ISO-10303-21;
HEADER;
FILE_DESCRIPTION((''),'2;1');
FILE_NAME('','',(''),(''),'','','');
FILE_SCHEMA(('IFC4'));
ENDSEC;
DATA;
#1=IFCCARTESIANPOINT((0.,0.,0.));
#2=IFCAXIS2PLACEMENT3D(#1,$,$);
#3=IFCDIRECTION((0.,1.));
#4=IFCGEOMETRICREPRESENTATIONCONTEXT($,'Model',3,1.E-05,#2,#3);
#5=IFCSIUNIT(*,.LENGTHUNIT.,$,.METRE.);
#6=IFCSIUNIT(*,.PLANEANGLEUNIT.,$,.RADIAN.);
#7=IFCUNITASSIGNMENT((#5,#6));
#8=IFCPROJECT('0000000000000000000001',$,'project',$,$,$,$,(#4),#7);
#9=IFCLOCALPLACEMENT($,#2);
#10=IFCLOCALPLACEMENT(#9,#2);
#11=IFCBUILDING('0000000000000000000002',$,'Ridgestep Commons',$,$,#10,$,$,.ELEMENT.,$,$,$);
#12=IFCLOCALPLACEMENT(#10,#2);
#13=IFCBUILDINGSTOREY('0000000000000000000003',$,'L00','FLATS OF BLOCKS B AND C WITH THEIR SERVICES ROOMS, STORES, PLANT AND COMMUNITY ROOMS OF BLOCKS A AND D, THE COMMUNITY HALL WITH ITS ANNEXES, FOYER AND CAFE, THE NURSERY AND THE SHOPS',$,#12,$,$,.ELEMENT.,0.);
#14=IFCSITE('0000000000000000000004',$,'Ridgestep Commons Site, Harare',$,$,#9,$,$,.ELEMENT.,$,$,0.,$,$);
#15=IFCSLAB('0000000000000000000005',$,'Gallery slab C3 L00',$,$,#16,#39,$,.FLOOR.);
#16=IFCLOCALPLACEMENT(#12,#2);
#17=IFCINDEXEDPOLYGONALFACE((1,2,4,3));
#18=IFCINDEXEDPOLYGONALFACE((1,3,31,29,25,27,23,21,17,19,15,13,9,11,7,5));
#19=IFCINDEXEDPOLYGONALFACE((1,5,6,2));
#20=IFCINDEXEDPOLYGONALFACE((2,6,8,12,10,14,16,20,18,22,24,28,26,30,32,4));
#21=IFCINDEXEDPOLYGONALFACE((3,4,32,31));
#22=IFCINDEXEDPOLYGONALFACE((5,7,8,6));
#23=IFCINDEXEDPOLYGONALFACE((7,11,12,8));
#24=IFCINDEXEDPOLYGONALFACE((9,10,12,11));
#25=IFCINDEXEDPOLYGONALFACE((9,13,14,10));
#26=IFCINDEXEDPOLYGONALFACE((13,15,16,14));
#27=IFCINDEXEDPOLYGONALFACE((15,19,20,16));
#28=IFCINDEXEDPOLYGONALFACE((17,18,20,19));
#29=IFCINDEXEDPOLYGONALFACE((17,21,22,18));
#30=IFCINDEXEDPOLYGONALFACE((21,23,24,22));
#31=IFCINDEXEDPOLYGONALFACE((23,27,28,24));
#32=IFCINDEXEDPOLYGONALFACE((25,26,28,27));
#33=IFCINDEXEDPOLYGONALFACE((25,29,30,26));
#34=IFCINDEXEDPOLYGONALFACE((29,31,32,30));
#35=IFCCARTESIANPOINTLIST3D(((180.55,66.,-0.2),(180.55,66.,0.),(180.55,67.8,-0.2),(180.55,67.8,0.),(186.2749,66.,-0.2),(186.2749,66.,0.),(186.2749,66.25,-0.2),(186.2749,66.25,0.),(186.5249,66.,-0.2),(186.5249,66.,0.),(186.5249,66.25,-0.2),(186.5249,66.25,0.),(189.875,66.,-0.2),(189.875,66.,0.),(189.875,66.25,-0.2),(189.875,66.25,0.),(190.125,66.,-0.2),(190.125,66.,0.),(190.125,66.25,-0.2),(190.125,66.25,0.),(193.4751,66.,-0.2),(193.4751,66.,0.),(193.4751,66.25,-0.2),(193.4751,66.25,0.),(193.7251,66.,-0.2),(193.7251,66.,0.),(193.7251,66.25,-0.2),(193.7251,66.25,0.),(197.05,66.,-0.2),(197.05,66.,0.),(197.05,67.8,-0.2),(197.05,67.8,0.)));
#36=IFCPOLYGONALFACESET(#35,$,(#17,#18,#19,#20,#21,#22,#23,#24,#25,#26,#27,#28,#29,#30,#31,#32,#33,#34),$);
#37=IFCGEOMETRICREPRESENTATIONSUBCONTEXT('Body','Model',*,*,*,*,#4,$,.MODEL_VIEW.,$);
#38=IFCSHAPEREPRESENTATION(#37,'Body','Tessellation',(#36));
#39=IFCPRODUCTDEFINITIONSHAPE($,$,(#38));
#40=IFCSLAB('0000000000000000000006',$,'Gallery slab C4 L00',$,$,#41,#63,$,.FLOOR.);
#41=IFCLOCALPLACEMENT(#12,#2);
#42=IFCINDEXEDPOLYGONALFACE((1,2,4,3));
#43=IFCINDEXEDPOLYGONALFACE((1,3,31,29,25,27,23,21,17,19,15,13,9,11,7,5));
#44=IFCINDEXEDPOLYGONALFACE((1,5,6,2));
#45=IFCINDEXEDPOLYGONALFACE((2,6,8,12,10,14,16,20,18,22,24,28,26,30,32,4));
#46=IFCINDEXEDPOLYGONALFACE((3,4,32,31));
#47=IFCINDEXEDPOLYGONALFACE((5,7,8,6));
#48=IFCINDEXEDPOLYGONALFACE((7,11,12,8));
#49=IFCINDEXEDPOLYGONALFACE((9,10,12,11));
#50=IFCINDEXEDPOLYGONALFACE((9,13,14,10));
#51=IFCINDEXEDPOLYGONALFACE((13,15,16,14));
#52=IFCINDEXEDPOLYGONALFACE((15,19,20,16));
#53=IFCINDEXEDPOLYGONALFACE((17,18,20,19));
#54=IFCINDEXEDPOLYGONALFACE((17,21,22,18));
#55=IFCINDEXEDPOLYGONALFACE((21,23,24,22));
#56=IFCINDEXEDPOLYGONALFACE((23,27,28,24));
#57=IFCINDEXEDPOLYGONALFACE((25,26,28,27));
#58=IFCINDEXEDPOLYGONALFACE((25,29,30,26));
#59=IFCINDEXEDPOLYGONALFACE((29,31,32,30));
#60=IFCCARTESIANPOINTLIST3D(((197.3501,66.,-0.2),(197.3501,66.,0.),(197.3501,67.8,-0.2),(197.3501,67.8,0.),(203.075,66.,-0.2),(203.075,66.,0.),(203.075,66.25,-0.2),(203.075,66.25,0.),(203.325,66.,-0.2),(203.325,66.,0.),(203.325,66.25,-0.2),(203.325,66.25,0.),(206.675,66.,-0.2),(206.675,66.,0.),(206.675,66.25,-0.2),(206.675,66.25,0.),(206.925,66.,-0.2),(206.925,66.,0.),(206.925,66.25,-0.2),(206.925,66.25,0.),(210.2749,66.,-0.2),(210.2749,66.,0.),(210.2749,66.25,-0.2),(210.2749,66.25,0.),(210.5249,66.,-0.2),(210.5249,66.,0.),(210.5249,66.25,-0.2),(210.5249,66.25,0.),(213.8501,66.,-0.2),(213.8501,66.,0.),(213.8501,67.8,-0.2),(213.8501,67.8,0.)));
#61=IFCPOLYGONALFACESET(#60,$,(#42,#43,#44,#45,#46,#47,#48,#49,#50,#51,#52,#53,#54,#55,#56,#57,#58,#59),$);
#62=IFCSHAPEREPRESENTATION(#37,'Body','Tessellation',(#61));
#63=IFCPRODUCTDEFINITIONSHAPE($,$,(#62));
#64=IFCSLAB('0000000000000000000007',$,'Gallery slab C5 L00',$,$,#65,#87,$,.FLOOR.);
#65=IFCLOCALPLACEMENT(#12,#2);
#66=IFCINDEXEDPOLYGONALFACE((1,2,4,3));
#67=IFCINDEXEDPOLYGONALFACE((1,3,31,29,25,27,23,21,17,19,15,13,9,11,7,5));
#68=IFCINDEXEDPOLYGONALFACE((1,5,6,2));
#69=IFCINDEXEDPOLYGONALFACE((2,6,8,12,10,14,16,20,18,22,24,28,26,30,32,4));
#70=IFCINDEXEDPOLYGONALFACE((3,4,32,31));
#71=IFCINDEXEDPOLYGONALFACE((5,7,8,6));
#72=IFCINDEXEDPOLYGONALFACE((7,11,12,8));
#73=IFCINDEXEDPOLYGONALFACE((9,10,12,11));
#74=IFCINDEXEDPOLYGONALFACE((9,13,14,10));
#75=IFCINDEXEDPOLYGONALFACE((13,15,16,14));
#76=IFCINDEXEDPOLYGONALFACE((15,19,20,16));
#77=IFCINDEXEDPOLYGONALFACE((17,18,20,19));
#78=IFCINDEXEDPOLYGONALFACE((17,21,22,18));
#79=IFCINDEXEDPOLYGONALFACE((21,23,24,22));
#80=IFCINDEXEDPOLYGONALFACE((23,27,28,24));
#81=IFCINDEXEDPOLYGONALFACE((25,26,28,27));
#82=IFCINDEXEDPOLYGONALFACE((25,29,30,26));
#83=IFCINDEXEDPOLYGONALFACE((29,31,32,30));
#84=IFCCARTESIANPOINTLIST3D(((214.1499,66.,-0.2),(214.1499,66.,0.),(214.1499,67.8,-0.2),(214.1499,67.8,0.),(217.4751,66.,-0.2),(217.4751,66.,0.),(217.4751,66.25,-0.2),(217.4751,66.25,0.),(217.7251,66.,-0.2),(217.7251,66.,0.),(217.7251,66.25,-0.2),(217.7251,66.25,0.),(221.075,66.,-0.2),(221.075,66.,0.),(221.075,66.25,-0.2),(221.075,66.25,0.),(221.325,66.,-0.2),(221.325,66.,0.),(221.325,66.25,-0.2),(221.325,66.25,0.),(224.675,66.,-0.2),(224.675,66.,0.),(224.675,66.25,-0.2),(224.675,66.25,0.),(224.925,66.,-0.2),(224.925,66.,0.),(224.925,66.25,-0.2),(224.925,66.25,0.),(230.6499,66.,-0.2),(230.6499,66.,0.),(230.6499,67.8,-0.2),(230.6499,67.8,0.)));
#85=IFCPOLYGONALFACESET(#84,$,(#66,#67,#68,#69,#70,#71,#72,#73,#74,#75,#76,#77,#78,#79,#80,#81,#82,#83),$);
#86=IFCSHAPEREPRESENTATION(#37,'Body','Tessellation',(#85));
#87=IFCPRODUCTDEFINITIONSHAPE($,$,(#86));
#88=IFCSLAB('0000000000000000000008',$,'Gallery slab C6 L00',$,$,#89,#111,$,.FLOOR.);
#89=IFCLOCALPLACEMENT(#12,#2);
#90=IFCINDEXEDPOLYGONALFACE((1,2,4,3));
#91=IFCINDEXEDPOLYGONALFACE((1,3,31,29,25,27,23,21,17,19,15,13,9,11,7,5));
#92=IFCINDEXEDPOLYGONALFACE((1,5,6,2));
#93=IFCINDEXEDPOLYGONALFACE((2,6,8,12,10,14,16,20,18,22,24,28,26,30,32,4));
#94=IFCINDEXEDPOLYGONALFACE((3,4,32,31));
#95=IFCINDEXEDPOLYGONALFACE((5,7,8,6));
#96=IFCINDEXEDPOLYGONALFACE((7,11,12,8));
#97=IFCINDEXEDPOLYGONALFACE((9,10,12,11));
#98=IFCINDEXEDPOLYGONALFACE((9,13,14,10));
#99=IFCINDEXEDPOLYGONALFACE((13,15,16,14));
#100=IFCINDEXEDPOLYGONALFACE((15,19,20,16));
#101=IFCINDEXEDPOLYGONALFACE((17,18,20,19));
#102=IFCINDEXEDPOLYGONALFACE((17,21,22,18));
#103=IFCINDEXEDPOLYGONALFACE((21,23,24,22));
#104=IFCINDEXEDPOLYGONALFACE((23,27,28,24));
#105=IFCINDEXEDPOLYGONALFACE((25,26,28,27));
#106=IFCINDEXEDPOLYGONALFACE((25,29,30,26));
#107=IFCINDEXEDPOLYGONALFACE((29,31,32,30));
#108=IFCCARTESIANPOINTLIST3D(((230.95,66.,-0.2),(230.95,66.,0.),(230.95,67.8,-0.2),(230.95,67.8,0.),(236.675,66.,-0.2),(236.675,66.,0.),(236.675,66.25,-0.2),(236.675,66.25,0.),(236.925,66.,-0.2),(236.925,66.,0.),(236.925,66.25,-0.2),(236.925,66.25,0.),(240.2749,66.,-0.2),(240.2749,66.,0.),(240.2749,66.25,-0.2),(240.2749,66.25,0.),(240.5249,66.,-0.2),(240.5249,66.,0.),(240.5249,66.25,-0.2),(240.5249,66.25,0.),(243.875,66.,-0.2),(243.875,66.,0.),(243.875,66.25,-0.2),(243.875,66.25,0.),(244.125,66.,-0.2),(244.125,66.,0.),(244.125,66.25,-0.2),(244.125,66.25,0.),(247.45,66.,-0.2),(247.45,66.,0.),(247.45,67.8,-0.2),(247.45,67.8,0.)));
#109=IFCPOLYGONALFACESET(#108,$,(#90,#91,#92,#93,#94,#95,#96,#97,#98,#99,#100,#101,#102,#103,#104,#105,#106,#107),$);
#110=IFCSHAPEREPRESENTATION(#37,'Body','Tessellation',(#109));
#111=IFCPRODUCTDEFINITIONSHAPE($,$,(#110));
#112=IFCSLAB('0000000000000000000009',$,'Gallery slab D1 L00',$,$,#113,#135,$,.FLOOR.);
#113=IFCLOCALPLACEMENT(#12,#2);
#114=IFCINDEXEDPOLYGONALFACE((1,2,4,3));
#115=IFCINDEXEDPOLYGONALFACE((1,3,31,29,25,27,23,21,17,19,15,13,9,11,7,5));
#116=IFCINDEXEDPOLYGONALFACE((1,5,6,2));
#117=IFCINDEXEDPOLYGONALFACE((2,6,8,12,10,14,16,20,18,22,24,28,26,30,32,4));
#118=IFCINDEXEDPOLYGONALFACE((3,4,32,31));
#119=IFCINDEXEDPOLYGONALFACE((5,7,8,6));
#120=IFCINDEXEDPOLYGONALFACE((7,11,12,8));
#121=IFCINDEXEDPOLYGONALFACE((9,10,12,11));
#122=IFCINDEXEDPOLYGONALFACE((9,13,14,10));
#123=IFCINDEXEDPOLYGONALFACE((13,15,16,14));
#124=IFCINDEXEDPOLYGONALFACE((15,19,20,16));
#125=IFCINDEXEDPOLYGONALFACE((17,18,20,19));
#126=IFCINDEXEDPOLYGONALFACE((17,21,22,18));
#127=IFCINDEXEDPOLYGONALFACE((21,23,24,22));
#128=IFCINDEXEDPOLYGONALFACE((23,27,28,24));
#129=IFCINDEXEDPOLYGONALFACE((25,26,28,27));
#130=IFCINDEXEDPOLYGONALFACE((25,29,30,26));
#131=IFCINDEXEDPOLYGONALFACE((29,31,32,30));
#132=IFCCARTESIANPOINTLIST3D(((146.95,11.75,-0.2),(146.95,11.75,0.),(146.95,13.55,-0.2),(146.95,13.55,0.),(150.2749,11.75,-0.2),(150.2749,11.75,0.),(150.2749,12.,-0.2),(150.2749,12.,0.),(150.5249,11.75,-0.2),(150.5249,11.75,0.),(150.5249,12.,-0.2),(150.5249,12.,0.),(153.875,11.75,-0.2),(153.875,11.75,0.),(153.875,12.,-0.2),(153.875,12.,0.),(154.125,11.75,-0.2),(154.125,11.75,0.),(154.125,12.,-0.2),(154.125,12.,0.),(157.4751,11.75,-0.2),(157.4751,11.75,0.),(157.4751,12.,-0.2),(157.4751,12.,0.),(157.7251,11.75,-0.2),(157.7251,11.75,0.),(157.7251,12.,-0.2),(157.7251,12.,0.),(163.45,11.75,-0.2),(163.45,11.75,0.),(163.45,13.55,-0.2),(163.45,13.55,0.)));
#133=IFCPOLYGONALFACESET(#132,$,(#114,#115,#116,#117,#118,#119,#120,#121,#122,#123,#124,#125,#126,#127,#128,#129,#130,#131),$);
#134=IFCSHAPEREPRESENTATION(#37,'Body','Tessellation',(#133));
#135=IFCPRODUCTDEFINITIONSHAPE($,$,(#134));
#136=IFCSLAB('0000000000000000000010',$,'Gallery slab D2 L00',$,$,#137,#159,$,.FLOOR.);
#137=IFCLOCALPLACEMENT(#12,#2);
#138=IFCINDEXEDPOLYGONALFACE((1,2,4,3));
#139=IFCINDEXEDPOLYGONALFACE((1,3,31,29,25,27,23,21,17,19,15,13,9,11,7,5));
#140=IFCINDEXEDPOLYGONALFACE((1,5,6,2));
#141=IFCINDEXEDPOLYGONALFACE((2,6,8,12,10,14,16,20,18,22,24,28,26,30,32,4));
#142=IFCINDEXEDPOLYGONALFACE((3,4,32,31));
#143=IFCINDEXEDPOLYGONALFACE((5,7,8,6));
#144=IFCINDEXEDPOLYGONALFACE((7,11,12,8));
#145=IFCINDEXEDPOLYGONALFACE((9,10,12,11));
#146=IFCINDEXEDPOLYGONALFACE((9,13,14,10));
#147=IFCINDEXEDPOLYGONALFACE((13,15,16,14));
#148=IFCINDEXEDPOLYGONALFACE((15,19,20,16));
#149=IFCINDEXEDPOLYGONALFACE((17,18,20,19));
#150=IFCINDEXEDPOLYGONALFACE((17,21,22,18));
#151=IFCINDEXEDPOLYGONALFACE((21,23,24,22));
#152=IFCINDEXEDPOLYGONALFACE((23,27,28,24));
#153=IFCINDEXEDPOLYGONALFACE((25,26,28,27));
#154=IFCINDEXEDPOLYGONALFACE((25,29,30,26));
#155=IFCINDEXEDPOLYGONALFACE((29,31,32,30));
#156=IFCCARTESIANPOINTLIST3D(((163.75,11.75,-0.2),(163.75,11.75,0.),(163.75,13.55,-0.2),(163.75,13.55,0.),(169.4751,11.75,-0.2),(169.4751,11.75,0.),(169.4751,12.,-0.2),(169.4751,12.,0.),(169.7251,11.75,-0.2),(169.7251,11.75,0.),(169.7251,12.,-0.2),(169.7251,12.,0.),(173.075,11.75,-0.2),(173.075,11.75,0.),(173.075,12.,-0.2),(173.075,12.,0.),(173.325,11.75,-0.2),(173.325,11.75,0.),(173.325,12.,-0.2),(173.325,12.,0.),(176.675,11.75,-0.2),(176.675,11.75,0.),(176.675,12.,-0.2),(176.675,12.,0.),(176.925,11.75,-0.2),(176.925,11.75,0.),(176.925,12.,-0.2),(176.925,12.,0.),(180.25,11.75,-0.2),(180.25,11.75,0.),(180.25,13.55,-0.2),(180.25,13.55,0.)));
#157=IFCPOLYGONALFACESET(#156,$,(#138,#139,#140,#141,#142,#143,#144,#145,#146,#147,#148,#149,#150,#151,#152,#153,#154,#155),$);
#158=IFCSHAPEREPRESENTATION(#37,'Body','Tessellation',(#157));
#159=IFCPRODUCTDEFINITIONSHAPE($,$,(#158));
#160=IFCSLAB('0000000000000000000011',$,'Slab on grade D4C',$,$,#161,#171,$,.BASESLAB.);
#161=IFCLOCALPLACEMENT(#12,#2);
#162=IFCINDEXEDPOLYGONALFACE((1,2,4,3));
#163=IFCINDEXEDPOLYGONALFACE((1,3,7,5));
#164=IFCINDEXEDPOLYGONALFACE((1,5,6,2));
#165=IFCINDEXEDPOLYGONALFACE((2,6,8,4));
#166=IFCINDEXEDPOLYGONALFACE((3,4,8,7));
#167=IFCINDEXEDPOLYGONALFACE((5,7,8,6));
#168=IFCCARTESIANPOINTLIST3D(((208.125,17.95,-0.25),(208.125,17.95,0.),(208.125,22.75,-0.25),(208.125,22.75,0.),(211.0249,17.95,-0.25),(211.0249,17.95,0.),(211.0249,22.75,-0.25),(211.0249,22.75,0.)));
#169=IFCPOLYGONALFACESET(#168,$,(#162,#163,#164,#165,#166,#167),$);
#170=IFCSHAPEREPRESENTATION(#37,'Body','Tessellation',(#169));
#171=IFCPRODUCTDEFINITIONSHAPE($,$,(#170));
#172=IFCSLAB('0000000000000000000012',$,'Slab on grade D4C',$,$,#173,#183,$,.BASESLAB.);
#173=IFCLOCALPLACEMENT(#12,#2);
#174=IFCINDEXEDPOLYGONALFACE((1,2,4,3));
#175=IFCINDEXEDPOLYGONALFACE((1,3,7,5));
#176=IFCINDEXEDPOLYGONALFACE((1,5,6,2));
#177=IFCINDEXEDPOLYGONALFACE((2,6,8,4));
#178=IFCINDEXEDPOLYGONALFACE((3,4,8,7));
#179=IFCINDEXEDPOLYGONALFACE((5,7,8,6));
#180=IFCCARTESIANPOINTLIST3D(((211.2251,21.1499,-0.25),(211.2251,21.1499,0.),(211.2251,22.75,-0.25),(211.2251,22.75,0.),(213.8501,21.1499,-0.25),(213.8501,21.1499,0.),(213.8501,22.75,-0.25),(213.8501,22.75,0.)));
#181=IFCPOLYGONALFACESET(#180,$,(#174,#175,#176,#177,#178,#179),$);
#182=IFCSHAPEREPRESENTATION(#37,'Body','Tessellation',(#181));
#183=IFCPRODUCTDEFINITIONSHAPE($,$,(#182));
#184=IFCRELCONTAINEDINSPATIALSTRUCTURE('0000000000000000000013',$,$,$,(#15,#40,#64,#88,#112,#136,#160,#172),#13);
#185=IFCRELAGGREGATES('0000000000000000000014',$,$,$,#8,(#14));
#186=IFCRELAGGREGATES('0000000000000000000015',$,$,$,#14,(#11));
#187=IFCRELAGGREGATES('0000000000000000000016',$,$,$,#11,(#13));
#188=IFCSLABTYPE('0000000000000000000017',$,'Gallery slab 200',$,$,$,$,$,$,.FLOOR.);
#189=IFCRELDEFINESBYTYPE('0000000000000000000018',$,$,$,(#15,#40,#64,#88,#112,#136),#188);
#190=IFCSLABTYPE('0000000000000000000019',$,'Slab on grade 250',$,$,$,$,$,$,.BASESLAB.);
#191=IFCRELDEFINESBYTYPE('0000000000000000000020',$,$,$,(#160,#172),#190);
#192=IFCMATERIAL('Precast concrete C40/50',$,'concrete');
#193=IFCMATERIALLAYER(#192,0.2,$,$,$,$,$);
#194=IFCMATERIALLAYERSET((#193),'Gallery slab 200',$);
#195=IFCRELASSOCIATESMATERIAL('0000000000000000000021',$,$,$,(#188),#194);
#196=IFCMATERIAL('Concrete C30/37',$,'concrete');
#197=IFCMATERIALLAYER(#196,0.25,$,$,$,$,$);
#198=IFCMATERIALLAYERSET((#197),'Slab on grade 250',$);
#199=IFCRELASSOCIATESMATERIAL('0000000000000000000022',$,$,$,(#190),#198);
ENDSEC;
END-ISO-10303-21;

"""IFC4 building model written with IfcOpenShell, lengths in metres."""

from ifc_helpers import new_model, si_unit, direction, frame, origin, place, context, subcontext, project, spatial, polyline, outline, extrude, material, layer, layer_set, type_object, element, save


model = new_model("IFC4")

# Units and contexts
model_context = context("Model", 3, precision=1e-05, world=origin(), true_north=direction((0.0, 1.0)))
body_context = subcontext(model_context, "Body", "Model", "MODEL_VIEW")
ifc_project = project(units=[si_unit("LENGTHUNIT", "METRE"), si_unit("PLANEANGLEUNIT", "RADIAN")], contexts=[model_context])

# Site, building, storey
site_placement = place(None, origin())
site = spatial("IfcSite", under=ifc_project, at=site_placement, Name="Ridgestep Commons Site, Harare", CompositionType="ELEMENT", RefElevation=0.0)
building_placement = place(site_placement, origin())
building = spatial("IfcBuilding", under=site, at=building_placement, Name="Ridgestep Commons", CompositionType="ELEMENT")
storey_placement = place(building_placement, origin())
storey = spatial("IfcBuildingStorey", under=building, at=storey_placement, Name="L00", Description="FLATS OF BLOCKS B AND C WITH THEIR SERVICES ROOMS, STORES, PLANT AND COMMUNITY ROOMS OF BLOCKS A AND D, THE COMMUNITY HALL WITH ITS ANNEXES, FOYER AND CAFE, THE NURSERY AND THE SHOPS", CompositionType="ELEMENT", Elevation=0.0)

# Slabs
ifc_material_1 = material(Name="Precast concrete C40/50", Category="concrete")
ifc_layer_1 = layer(ifc_material_1, 0.2)
ifc_layer_set_1 = layer_set([ifc_layer_1], Name="Gallery slab 200")
slab_type_1 = type_object("IfcSlabType", Name="Gallery slab 200", PredefinedType="FLOOR", material=ifc_layer_set_1)
slab_1_placement = place(storey_placement, frame((0.0, 0.0, -0.2)))
element("IfcSlab", 1, at=slab_1_placement, inside=storey, type_object=slab_type_1, Name="Gallery slab C3 L00", PredefinedType="FLOOR", context=body_context, shape_type="SweptSolid", body=[
    extrude(outline(polyline([(197.05, 67.8), (180.55, 67.8), (180.55, 66.0), (186.2749, 66.0), (186.2749, 66.25), (186.5249, 66.25), (186.5249, 66.0), (189.875, 66.0), (189.875, 66.25), (190.125, 66.25), (190.125, 66.0), (193.4751, 66.0), (193.4751, 66.25), (193.7251, 66.25), (193.7251, 66.0), (197.05, 66.0), (197.05, 67.8)])), origin(), (0.0, 0.0, 1.0), 0.2),
])
slab_2_placement = place(storey_placement, frame((0.0, 0.0, -0.2)))
element("IfcSlab", 2, at=slab_2_placement, inside=storey, type_object=slab_type_1, Name="Gallery slab C4 L00", PredefinedType="FLOOR", context=body_context, shape_type="SweptSolid", body=[
    extrude(outline(polyline([(213.8501, 67.8), (197.3501, 67.8), (197.3501, 66.0), (203.075, 66.0), (203.075, 66.25), (203.325, 66.25), (203.325, 66.0), (206.675, 66.0), (206.675, 66.25), (206.925, 66.25), (206.925, 66.0), (210.2749, 66.0), (210.2749, 66.25), (210.5249, 66.25), (210.5249, 66.0), (213.8501, 66.0), (213.8501, 67.8)])), origin(), (0.0, 0.0, 1.0), 0.2),
])
slab_3_placement = place(storey_placement, frame((0.0, 0.0, -0.2)))
element("IfcSlab", 3, at=slab_3_placement, inside=storey, type_object=slab_type_1, Name="Gallery slab C5 L00", PredefinedType="FLOOR", context=body_context, shape_type="SweptSolid", body=[
    extrude(outline(polyline([(230.6499, 67.8), (214.1499, 67.8), (214.1499, 66.0), (217.4751, 66.0), (217.4751, 66.25), (217.7251, 66.25), (217.7251, 66.0), (221.075, 66.0), (221.075, 66.25), (221.325, 66.25), (221.325, 66.0), (224.675, 66.0), (224.675, 66.25), (224.925, 66.25), (224.925, 66.0), (230.6499, 66.0), (230.6499, 67.8)])), origin(), (0.0, 0.0, 1.0), 0.2),
])
slab_4_placement = place(storey_placement, frame((0.0, 0.0, -0.2)))
element("IfcSlab", 4, at=slab_4_placement, inside=storey, type_object=slab_type_1, Name="Gallery slab C6 L00", PredefinedType="FLOOR", context=body_context, shape_type="SweptSolid", body=[
    extrude(outline(polyline([(247.45, 67.8), (230.95, 67.8), (230.95, 66.0), (236.675, 66.0), (236.675, 66.25), (236.925, 66.25), (236.925, 66.0), (240.2749, 66.0), (240.2749, 66.25), (240.5249, 66.25), (240.5249, 66.0), (243.875, 66.0), (243.875, 66.25), (244.125, 66.25), (244.125, 66.0), (247.45, 66.0), (247.45, 67.8)])), origin(), (0.0, 0.0, 1.0), 0.2),
])
slab_5_placement = place(storey_placement, frame((0.0, 0.0, -0.2)))
element("IfcSlab", 5, at=slab_5_placement, inside=storey, type_object=slab_type_1, Name="Gallery slab D1 L00", PredefinedType="FLOOR", context=body_context, shape_type="SweptSolid", body=[
    extrude(outline(polyline([(163.45, 13.55), (146.95, 13.55), (146.95, 11.75), (150.2749, 11.75), (150.2749, 12.0), (150.5249, 12.0), (150.5249, 11.75), (153.875, 11.75), (153.875, 12.0), (154.125, 12.0), (154.125, 11.75), (157.4751, 11.75), (157.4751, 12.0), (157.7251, 12.0), (157.7251, 11.75), (163.45, 11.75), (163.45, 13.55)])), origin(), (0.0, 0.0, 1.0), 0.2),
])
slab_6_placement = place(storey_placement, frame((0.0, 0.0, -0.2)))
element("IfcSlab", 6, at=slab_6_placement, inside=storey, type_object=slab_type_1, Name="Gallery slab D2 L00", PredefinedType="FLOOR", context=body_context, shape_type="SweptSolid", body=[
    extrude(outline(polyline([(180.25, 13.55), (163.75, 13.55), (163.75, 11.75), (169.4751, 11.75), (169.4751, 12.0), (169.7251, 12.0), (169.7251, 11.75), (173.075, 11.75), (173.075, 12.0), (173.325, 12.0), (173.325, 11.75), (176.675, 11.75), (176.675, 12.0), (176.925, 12.0), (176.925, 11.75), (180.25, 11.75), (180.25, 13.55)])), origin(), (0.0, 0.0, 1.0), 0.2),
])
ifc_material_2 = material(Name="Concrete C30/37", Category="concrete")
ifc_layer_2 = layer(ifc_material_2, 0.25)
ifc_layer_set_2 = layer_set([ifc_layer_2], Name="Slab on grade 250")
slab_type_2 = type_object("IfcSlabType", Name="Slab on grade 250", PredefinedType="BASESLAB", material=ifc_layer_set_2)
slab_7_placement = place(storey_placement, frame((0.0, 0.0, -0.25)))
element("IfcSlab", 7, at=slab_7_placement, inside=storey, type_object=slab_type_2, Name="Slab on grade D4C", PredefinedType="BASESLAB", context=body_context, shape_type="SweptSolid", body=[
    extrude(outline(polyline([(211.0249, 22.75), (208.125, 22.75), (208.125, 17.95), (211.0249, 17.95), (211.0249, 22.75)])), origin(), (0.0, 0.0, 1.0), 0.25),
])
slab_8_placement = place(storey_placement, frame((0.0, 0.0, -0.25)))
element("IfcSlab", 8, at=slab_8_placement, inside=storey, type_object=slab_type_2, Name="Slab on grade D4C", PredefinedType="BASESLAB", context=body_context, shape_type="SweptSolid", body=[
    extrude(outline(polyline([(213.8501, 21.1499), (213.8501, 22.75), (211.2251, 22.75), (211.2251, 21.1499), (213.8501, 21.1499)])), origin(), (0.0, 0.0, 1.0), 0.25),
])

save(model, "model.ifc")
